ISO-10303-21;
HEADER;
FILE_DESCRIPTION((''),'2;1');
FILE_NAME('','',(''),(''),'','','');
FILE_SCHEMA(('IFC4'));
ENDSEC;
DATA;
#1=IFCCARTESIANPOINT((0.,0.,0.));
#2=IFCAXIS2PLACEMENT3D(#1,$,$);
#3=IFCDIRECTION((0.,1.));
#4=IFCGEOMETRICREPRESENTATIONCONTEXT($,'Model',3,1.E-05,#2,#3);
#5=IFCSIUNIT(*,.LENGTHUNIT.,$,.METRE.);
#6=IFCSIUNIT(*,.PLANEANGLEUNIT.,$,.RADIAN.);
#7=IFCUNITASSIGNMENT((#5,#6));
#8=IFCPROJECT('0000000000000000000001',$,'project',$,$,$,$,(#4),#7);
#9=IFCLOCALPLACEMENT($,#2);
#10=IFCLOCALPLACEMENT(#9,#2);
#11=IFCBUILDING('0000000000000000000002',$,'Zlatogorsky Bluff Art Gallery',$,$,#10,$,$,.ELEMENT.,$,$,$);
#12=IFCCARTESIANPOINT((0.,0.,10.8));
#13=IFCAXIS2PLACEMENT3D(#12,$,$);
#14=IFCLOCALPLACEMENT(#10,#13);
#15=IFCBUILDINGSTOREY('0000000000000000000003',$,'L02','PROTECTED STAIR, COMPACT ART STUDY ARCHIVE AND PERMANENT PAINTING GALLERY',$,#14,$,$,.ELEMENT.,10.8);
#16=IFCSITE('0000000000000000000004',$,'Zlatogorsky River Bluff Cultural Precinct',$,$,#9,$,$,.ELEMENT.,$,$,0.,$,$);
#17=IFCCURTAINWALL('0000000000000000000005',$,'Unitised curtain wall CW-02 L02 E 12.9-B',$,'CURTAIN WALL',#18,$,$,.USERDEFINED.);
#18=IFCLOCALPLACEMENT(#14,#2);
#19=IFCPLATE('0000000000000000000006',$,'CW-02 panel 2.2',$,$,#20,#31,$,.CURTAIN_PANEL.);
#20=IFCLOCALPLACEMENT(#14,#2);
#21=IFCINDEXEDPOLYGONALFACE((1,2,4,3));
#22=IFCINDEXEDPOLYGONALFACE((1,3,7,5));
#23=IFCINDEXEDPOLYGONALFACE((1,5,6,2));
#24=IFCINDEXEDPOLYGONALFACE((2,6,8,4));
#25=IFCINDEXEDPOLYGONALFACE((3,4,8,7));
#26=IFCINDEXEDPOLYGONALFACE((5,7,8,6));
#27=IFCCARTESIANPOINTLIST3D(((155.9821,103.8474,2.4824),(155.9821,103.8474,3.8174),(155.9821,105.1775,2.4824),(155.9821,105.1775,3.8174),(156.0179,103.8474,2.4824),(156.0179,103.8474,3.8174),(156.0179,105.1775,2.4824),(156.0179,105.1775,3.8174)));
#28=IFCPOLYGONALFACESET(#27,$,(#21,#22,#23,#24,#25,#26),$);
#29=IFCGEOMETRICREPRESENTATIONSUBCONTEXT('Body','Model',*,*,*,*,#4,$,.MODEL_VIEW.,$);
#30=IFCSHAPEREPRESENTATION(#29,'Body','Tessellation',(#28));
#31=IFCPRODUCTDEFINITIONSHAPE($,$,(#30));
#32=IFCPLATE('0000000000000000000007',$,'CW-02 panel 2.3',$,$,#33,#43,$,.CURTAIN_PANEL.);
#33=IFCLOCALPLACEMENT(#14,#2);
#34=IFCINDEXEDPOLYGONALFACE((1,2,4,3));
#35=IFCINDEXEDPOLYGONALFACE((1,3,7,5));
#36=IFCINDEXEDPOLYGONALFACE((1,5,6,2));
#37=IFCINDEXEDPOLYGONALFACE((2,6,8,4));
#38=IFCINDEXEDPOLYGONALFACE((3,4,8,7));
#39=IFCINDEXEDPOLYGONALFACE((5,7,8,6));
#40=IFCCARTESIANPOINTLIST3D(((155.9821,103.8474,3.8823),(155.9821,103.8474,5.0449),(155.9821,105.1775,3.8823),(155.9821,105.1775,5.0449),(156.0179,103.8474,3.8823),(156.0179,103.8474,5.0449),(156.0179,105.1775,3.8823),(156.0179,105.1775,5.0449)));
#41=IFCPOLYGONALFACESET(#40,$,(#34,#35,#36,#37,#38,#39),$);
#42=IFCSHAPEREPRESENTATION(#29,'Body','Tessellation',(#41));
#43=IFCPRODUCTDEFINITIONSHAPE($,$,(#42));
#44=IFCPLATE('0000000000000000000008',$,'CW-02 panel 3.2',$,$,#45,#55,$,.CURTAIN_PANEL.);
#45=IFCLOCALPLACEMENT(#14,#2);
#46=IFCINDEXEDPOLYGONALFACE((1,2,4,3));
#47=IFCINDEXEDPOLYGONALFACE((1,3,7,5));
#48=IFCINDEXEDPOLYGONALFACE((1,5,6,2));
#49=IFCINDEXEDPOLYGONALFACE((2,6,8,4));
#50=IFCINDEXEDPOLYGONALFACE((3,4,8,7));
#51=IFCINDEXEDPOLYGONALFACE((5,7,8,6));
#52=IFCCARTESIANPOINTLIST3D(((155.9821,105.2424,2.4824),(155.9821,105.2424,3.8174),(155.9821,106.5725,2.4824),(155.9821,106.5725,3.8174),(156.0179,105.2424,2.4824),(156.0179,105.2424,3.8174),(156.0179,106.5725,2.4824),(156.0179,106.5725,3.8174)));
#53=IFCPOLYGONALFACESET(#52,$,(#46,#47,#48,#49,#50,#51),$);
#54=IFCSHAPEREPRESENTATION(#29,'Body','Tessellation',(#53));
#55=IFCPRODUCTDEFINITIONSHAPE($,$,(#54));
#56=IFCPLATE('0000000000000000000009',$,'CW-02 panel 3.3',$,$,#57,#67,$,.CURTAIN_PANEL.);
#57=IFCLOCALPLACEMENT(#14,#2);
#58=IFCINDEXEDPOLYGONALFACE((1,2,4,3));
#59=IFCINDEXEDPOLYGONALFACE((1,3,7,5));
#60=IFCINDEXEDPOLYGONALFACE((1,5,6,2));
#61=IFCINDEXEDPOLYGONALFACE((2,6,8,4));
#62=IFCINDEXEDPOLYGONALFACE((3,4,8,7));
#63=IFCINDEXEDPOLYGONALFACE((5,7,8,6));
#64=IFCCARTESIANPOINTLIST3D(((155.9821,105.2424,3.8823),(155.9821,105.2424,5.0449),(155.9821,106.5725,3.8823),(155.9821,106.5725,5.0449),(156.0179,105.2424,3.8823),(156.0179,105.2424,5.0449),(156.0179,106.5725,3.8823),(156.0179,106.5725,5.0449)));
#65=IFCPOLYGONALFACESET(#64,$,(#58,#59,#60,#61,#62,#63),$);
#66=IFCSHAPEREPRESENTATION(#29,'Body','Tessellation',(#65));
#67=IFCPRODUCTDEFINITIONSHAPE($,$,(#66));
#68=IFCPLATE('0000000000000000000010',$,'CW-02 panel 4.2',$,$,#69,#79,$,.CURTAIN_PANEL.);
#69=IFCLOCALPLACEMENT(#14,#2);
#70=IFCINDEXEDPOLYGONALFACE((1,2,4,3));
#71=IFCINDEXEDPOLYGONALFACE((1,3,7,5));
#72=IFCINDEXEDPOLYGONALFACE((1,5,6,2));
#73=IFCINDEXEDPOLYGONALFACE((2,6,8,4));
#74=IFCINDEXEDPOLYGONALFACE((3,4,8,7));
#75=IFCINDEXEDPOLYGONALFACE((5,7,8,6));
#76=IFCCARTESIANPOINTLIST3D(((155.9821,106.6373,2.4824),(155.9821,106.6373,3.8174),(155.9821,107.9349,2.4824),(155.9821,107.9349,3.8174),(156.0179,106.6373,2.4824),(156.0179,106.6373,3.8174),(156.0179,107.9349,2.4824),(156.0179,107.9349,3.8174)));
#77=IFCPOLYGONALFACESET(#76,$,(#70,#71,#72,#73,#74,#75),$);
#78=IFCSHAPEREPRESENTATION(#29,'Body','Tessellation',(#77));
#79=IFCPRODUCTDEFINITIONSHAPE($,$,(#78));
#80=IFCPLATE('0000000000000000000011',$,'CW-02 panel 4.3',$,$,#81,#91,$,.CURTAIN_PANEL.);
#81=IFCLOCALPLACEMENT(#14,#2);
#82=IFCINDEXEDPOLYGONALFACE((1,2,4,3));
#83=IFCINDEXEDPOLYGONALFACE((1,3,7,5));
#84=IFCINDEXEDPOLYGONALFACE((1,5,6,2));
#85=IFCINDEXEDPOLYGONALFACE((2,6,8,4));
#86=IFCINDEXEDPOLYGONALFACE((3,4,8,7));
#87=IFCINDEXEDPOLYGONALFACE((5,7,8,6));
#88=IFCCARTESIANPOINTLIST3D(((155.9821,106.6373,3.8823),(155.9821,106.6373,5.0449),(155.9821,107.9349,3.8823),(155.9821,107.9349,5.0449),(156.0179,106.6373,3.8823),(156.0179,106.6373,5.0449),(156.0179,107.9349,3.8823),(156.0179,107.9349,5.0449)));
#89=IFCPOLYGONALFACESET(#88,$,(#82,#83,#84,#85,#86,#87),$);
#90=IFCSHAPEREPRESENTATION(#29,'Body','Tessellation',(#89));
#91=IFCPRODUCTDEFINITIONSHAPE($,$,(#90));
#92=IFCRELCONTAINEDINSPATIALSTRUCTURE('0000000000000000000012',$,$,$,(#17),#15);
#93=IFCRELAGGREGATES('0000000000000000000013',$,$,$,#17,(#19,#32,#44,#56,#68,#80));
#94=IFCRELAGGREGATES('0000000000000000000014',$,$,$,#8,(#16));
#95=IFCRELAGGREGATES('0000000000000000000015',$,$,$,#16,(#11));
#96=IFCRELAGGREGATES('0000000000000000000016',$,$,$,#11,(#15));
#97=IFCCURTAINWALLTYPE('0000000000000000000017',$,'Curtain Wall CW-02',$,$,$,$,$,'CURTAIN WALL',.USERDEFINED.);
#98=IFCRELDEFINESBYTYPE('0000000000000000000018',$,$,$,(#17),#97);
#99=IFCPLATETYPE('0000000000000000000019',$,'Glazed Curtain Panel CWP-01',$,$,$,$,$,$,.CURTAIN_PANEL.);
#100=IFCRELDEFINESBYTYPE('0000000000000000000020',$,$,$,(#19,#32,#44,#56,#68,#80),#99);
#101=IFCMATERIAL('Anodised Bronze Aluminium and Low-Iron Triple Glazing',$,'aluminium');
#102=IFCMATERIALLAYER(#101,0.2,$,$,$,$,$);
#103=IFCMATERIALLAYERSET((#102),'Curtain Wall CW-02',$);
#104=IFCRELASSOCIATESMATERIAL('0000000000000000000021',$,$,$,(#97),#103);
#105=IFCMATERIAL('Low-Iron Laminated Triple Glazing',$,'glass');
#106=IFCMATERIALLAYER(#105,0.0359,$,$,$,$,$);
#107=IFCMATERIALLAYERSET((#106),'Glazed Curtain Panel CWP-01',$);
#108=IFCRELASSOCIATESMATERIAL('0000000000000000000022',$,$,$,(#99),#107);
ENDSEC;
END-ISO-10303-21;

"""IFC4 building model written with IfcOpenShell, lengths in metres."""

from ifc_helpers import new_model, si_unit, direction, frame, origin, origin_2d, place, context, subcontext, project, spatial, rectangle, extrude, material, layer, layer_set, type_object, element, aggregate, save


model = new_model("IFC4")

# Units and contexts
model_context = context("Model", 3, precision=1e-05, world=origin(), true_north=direction((0.0, 1.0)))
body_context = subcontext(model_context, "Body", "Model", "MODEL_VIEW")
ifc_project = project(units=[si_unit("LENGTHUNIT", "METRE"), si_unit("PLANEANGLEUNIT", "RADIAN")], contexts=[model_context])

# Site, building, storey
site_placement = place(None, origin())
site = spatial("IfcSite", under=ifc_project, at=site_placement, Name="Zlatogorsky River Bluff Cultural Precinct", CompositionType="ELEMENT", RefElevation=0.0)
building_placement = place(site_placement, origin())
building = spatial("IfcBuilding", under=site, at=building_placement, Name="Zlatogorsky Bluff Art Gallery", CompositionType="ELEMENT")
storey_placement = place(building_placement, frame((0.0, 0.0, 10.8)))
storey = spatial("IfcBuildingStorey", under=building, at=storey_placement, Name="L02", Description="PROTECTED STAIR, COMPACT ART STUDY ARCHIVE AND PERMANENT PAINTING GALLERY", CompositionType="ELEMENT", Elevation=10.8)

# Curtain wall
ifc_material_1 = material(Name="Anodised Bronze Aluminium and Low-Iron Triple Glazing", Category="aluminium")
ifc_layer_1 = layer(ifc_material_1, 0.2)
ifc_layer_set_1 = layer_set([ifc_layer_1], Name="Curtain Wall CW-02")
curtain_wall_type_1 = type_object("IfcCurtainWallType", Name="Curtain Wall CW-02", ElementType="CURTAIN WALL", PredefinedType="USERDEFINED", material=ifc_layer_set_1)
curtain_wall_1_placement = place(storey_placement, origin())
curtain_wall_1 = element("IfcCurtainWall", 1, at=curtain_wall_1_placement, inside=storey, type_object=curtain_wall_type_1, Name="Unitised curtain wall CW-02 L02 E 12.9-B", ObjectType="CURTAIN WALL", PredefinedType="USERDEFINED")

# Plates
ifc_material_2 = material(Name="Low-Iron Laminated Triple Glazing", Category="glass")
ifc_layer_2 = layer(ifc_material_2, 0.0359)
ifc_layer_set_2 = layer_set([ifc_layer_2], Name="Glazed Curtain Panel CWP-01")
plate_type = type_object("IfcPlateType", Name="Glazed Curtain Panel CWP-01", PredefinedType="CURTAIN_PANEL", material=ifc_layer_set_2)
plate_1_placement = place(storey_placement, frame((156.0, 104.5125, 2.4824), z_axis=(0.0, 0.0, 1.0), x_axis=(0.0, 1.0, 0.0)))
plate_1 = element("IfcPlate", 2, at=plate_1_placement, type_object=plate_type, Name="CW-02 panel 2.2", PredefinedType="CURTAIN_PANEL", context=body_context, shape_type="SweptSolid", body=[
    extrude(rectangle(XDim=1.3301, YDim=0.0359, at=origin_2d()), origin(), (0.0, 0.0, 1.0), 1.335),
])
plate_2_placement = place(storey_placement, frame((156.0, 104.5125, 3.8823), z_axis=(0.0, 0.0, 1.0), x_axis=(0.0, 1.0, 0.0)))
plate_2 = element("IfcPlate", 3, at=plate_2_placement, type_object=plate_type, Name="CW-02 panel 2.3", PredefinedType="CURTAIN_PANEL", context=body_context, shape_type="SweptSolid", body=[
    extrude(rectangle(XDim=1.3301, YDim=0.0359, at=origin_2d()), origin(), (0.0, 0.0, 1.0), 1.1626),
])
plate_3_placement = place(storey_placement, frame((156.0, 105.9075, 2.4824), z_axis=(0.0, 0.0, 1.0), x_axis=(0.0, 1.0, 0.0)))
plate_3 = element("IfcPlate", 4, at=plate_3_placement, type_object=plate_type, Name="CW-02 panel 3.2", PredefinedType="CURTAIN_PANEL", context=body_context, shape_type="SweptSolid", body=[
    extrude(rectangle(XDim=1.3301, YDim=0.0359, at=origin_2d()), origin(), (0.0, 0.0, 1.0), 1.335),
])
plate_4_placement = place(storey_placement, frame((156.0, 105.9075, 3.8823), z_axis=(0.0, 0.0, 1.0), x_axis=(0.0, 1.0, 0.0)))
plate_4 = element("IfcPlate", 5, at=plate_4_placement, type_object=plate_type, Name="CW-02 panel 3.3", PredefinedType="CURTAIN_PANEL", context=body_context, shape_type="SweptSolid", body=[
    extrude(rectangle(XDim=1.3301, YDim=0.0359, at=origin_2d()), origin(), (0.0, 0.0, 1.0), 1.1626),
])
plate_5_placement = place(storey_placement, frame((156.0, 107.2861, 2.4824), z_axis=(0.0, 0.0, 1.0), x_axis=(0.0, 1.0, 0.0)))
plate_5 = element("IfcPlate", 6, at=plate_5_placement, type_object=plate_type, Name="CW-02 panel 4.2", PredefinedType="CURTAIN_PANEL", context=body_context, shape_type="SweptSolid", body=[
    extrude(rectangle(XDim=1.2976, YDim=0.0359, at=origin_2d()), origin(), (0.0, 0.0, 1.0), 1.335),
])
plate_6_placement = place(storey_placement, frame((156.0, 107.2861, 3.8823), z_axis=(0.0, 0.0, 1.0), x_axis=(0.0, 1.0, 0.0)))
plate_6 = element("IfcPlate", 7, at=plate_6_placement, type_object=plate_type, Name="CW-02 panel 4.3", PredefinedType="CURTAIN_PANEL", context=body_context, shape_type="SweptSolid", body=[
    extrude(rectangle(XDim=1.2976, YDim=0.0359, at=origin_2d()), origin(), (0.0, 0.0, 1.0), 1.1626),
])
aggregate(curtain_wall_1, [plate_1, plate_2, plate_3, plate_4, plate_5, plate_6])

save(model, "model.ifc")
